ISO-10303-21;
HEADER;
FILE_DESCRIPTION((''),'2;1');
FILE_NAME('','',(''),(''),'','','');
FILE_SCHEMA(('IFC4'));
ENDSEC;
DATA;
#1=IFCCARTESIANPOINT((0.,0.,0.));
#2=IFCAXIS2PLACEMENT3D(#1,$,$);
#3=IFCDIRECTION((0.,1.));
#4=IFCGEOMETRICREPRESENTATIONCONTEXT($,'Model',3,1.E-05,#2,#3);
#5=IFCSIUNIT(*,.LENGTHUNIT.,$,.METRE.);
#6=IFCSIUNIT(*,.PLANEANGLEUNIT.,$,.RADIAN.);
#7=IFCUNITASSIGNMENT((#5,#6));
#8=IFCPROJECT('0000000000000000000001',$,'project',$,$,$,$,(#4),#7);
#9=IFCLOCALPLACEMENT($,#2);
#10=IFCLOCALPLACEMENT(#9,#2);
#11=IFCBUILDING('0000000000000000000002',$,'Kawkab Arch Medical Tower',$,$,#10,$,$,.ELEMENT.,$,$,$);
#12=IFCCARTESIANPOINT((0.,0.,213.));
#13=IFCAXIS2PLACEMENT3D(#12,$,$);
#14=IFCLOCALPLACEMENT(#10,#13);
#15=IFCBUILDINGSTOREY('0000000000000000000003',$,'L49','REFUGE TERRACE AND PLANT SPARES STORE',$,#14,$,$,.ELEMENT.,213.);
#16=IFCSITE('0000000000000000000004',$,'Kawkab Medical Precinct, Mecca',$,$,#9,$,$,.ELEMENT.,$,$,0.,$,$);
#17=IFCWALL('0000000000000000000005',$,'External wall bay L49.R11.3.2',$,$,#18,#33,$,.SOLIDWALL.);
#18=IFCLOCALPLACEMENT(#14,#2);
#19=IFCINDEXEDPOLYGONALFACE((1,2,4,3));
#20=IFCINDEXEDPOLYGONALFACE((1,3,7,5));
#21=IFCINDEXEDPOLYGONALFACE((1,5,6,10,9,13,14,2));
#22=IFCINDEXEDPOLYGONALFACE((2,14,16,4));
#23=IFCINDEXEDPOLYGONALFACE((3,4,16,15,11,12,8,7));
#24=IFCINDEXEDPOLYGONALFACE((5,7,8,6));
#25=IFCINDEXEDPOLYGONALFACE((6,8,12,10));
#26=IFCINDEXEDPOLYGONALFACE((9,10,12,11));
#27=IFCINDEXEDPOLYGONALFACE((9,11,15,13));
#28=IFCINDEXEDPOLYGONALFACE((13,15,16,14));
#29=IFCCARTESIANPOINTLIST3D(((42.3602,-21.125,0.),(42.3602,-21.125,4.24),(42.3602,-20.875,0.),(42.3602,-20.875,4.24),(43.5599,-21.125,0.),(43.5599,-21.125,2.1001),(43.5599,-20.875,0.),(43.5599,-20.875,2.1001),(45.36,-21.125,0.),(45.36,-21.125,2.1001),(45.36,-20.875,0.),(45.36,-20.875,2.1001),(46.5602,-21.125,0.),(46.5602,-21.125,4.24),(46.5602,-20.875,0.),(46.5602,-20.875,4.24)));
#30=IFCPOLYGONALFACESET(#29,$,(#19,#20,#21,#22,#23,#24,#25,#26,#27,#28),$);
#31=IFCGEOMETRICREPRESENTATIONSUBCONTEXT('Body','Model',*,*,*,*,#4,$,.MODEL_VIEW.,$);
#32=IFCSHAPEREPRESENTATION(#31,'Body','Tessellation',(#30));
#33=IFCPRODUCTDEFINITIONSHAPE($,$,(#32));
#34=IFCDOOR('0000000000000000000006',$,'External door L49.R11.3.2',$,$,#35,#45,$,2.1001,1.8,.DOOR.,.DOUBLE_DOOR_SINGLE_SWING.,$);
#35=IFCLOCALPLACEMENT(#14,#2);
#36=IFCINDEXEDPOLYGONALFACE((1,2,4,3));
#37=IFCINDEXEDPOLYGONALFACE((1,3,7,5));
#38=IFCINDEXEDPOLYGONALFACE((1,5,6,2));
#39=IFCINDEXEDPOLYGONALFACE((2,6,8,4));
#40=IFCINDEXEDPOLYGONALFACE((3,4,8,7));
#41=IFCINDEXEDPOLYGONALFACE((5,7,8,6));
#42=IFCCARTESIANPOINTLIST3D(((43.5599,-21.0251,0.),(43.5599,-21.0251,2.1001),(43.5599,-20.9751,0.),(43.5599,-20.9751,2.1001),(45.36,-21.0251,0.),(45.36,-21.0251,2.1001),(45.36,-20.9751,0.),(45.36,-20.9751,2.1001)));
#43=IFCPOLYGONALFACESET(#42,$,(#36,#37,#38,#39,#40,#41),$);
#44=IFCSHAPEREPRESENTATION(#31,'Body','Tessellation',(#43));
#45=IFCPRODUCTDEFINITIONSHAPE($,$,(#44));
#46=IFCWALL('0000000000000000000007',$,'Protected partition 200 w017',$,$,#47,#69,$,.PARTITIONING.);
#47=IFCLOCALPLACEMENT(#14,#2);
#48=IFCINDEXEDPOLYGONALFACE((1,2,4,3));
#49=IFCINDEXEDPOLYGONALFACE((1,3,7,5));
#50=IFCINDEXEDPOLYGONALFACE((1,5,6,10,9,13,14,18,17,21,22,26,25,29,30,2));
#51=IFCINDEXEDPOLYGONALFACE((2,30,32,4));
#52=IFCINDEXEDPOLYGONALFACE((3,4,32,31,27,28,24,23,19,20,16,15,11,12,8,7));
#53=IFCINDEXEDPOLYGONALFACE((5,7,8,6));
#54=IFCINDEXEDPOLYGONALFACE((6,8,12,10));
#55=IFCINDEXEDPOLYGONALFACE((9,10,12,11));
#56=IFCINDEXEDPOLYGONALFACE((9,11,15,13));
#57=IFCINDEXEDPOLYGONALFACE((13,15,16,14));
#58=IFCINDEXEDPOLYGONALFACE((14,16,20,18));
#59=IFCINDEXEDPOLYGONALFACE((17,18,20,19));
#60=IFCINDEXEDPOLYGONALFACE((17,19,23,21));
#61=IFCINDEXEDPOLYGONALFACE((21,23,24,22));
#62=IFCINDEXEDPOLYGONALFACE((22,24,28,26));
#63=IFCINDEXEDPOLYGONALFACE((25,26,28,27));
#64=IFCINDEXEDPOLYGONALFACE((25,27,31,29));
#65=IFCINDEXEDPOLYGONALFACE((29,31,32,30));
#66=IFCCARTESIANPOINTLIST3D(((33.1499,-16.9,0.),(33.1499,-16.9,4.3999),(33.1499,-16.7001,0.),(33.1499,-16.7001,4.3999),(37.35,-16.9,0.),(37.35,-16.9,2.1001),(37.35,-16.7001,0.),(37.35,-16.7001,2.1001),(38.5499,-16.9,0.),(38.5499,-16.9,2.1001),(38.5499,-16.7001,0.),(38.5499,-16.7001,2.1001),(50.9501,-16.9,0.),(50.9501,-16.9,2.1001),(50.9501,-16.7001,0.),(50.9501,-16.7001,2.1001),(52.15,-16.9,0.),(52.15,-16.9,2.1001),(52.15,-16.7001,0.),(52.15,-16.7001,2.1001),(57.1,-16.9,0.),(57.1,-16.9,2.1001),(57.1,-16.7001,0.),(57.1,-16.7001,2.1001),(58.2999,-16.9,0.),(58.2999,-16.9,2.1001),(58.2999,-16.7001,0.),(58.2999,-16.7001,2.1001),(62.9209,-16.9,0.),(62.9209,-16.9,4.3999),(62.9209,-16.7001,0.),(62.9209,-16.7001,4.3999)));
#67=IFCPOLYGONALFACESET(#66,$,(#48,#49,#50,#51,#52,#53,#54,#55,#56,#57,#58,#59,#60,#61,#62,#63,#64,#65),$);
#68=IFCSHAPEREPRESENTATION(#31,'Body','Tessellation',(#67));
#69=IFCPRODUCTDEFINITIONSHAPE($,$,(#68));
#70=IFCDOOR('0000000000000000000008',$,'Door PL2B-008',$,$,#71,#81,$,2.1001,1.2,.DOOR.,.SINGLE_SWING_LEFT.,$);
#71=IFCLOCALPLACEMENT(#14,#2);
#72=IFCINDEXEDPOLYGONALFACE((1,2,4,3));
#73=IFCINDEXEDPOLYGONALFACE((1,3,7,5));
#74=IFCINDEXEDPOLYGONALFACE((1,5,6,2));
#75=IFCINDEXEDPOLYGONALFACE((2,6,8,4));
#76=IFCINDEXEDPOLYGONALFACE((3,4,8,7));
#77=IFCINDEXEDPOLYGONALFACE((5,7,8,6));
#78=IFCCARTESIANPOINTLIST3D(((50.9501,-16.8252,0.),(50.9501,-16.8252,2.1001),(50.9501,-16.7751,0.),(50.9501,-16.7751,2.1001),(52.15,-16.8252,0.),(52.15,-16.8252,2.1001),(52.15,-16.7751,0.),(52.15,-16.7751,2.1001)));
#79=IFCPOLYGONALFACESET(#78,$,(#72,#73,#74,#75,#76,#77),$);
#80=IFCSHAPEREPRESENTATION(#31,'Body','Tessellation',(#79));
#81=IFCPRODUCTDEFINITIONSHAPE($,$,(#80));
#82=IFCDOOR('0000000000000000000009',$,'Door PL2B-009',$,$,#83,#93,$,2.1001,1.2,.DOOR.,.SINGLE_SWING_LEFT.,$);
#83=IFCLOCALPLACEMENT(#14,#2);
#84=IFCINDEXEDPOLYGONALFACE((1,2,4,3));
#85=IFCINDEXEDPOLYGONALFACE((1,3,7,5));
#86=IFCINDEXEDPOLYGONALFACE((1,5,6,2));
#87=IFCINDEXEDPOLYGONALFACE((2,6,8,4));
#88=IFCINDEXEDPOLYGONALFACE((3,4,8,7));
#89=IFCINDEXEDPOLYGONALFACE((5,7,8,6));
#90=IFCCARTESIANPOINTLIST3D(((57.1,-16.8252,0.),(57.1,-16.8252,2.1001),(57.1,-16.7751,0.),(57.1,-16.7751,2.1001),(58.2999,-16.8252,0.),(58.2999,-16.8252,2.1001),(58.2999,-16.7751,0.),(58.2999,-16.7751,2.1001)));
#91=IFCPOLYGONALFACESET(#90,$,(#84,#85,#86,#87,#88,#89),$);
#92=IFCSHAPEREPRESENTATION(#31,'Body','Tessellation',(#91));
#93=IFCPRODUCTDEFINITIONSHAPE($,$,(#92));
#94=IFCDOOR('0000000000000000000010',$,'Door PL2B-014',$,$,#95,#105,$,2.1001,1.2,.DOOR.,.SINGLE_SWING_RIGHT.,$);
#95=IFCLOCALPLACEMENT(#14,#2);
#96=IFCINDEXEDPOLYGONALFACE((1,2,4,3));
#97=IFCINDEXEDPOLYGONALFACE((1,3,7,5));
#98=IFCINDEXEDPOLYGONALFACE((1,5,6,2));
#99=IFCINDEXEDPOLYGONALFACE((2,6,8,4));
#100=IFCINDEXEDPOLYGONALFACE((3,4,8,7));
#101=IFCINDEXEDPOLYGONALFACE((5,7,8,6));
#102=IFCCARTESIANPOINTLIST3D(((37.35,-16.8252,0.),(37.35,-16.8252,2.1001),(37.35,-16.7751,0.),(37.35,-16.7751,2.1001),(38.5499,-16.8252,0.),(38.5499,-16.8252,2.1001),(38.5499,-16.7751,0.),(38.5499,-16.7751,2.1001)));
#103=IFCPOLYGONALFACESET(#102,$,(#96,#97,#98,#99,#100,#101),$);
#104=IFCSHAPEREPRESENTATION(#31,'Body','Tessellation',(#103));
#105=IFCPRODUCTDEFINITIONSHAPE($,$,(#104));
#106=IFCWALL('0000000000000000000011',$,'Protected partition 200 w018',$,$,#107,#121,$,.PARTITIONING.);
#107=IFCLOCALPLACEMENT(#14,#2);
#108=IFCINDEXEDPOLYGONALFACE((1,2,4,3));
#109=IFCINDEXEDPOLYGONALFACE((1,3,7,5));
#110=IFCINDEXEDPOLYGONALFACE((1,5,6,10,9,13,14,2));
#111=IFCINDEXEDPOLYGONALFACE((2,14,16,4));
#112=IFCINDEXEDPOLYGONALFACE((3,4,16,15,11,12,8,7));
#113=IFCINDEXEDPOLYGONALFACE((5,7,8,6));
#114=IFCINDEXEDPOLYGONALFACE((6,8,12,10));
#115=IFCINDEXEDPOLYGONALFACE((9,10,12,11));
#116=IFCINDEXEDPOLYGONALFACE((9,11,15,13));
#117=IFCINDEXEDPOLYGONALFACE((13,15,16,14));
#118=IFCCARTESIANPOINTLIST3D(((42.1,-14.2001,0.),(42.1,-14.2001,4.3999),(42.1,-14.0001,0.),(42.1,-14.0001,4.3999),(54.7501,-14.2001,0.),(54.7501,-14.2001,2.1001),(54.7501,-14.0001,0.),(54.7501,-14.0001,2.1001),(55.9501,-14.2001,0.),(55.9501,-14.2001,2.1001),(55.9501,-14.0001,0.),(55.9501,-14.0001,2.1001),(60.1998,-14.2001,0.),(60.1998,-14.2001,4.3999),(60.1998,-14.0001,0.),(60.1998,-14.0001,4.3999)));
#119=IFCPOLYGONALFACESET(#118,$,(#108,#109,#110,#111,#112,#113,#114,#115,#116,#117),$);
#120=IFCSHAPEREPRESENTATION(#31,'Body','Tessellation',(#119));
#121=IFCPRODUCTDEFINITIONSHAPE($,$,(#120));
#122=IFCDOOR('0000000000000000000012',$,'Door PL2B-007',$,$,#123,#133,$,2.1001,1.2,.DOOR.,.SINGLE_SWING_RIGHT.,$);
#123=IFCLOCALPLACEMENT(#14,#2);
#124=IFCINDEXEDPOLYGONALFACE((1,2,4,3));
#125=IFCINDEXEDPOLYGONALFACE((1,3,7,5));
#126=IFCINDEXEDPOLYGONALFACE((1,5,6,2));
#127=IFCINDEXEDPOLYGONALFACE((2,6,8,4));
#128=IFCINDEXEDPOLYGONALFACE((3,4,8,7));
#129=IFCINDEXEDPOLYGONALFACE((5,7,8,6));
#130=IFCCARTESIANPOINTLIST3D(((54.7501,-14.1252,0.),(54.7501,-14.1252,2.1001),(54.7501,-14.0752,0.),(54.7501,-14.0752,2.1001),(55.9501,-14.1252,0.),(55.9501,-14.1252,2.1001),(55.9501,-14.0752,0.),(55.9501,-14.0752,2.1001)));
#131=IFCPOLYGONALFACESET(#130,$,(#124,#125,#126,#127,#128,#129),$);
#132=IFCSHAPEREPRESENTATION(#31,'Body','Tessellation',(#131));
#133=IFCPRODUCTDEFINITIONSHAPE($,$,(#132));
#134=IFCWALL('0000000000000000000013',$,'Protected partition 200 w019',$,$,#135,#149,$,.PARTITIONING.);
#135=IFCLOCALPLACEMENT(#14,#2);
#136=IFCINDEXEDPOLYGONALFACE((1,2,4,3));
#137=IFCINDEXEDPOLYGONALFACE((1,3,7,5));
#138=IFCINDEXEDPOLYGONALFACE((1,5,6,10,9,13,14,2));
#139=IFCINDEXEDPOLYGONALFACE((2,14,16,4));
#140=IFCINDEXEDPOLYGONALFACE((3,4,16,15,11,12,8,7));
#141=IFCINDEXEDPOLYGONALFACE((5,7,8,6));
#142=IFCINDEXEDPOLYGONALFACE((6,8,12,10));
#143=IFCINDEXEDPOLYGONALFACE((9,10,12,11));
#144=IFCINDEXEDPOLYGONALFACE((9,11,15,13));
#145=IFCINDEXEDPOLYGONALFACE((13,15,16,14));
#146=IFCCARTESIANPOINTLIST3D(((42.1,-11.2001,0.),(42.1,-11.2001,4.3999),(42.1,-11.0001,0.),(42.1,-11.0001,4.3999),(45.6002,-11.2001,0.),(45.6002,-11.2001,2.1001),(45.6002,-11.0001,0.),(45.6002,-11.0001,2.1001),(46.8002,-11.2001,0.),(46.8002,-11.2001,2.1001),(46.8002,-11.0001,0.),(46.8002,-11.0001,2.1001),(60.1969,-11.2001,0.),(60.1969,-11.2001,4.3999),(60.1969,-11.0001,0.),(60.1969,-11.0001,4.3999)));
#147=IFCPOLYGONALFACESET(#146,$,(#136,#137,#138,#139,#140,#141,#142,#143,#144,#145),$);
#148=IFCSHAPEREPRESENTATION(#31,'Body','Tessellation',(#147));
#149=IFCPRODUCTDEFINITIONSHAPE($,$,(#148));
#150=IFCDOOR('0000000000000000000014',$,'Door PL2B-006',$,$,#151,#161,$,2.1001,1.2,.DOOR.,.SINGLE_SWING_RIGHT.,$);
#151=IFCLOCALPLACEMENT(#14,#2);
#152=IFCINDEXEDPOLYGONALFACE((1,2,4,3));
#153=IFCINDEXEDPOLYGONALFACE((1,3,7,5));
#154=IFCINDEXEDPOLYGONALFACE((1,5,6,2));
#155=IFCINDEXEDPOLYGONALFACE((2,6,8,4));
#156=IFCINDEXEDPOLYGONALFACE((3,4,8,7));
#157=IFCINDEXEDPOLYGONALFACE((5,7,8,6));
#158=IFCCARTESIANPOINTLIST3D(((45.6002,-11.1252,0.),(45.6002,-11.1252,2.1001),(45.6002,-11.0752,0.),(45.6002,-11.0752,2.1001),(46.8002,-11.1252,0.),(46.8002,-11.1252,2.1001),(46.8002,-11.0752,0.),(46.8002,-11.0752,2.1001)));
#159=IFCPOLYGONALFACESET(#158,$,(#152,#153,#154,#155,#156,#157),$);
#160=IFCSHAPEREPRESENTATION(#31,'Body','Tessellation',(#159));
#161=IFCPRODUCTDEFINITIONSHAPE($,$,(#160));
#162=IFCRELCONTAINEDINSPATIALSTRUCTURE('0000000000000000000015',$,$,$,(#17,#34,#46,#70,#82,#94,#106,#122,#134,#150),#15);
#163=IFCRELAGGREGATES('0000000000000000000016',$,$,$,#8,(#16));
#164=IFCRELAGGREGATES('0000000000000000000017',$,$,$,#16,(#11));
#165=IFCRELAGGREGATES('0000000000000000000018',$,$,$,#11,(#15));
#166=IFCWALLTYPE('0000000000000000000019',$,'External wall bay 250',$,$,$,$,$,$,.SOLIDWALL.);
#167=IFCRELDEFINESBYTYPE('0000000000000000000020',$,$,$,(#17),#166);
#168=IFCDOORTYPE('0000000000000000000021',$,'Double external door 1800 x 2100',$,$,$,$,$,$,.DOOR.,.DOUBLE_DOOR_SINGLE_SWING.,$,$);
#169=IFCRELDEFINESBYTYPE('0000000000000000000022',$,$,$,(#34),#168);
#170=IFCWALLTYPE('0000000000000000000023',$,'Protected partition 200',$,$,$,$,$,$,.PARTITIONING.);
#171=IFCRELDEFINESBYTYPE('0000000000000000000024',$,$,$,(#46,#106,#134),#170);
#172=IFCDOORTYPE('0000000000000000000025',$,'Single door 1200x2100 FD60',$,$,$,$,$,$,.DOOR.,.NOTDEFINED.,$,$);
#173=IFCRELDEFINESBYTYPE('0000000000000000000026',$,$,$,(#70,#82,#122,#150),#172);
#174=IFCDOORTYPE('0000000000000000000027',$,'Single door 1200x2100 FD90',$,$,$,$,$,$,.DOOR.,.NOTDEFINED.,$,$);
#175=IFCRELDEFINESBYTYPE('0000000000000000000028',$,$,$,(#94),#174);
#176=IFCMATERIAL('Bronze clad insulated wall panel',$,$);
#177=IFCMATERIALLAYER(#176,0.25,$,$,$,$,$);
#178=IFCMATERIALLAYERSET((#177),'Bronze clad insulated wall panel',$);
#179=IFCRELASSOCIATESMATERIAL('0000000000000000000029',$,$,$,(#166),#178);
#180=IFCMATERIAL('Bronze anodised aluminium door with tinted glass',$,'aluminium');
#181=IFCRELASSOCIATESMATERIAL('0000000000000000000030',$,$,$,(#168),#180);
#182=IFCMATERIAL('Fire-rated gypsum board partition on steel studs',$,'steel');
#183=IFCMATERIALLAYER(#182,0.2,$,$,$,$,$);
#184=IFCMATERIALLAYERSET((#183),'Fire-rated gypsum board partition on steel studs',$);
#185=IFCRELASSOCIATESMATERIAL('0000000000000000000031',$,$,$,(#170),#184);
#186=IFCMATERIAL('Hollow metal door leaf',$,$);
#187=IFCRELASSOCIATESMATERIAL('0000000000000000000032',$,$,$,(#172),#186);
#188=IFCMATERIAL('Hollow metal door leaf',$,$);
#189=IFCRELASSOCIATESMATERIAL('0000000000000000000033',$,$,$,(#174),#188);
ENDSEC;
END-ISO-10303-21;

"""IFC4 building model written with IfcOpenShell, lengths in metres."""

from ifc_helpers import new_model, si_unit, direction, frame, frame_2d, origin, place, context, subcontext, project, spatial, rectangle, extrude, material, layer, layer_set, type_object, element, fill, save


model = new_model("IFC4")

# Units and contexts
model_context = context("Model", 3, precision=1e-05, world=origin(), true_north=direction((0.0, 1.0)))
body_context = subcontext(model_context, "Body", "Model", "MODEL_VIEW")
ifc_project = project(units=[si_unit("LENGTHUNIT", "METRE"), si_unit("PLANEANGLEUNIT", "RADIAN")], contexts=[model_context])

# Site, building, storey
site_placement = place(None, origin())
site = spatial("IfcSite", under=ifc_project, at=site_placement, Name="Kawkab Medical Precinct, Mecca", CompositionType="ELEMENT", RefElevation=0.0)
building_placement = place(site_placement, origin())
building = spatial("IfcBuilding", under=site, at=building_placement, Name="Kawkab Arch Medical Tower", CompositionType="ELEMENT")
storey_placement = place(building_placement, frame((0.0, 0.0, 213.0)))
storey = spatial("IfcBuildingStorey", under=building, at=storey_placement, Name="L49", Description="REFUGE TERRACE AND PLANT SPARES STORE", CompositionType="ELEMENT", Elevation=213.0)

# Wall, opening, door
ifc_material_1 = material(Name="Bronze clad insulated wall panel")
ifc_layer_1 = layer(ifc_material_1, 0.25)
ifc_layer_set_1 = layer_set([ifc_layer_1], Name="Bronze clad insulated wall panel")
wall_type_1 = type_object("IfcWallType", Name="External wall bay 250", PredefinedType="SOLIDWALL", material=ifc_layer_set_1)
wall_1_placement = place(storey_placement, frame((42.3601, -21.0, 0.0), z_axis=(0.0, 0.0, 1.0), x_axis=(1.0, 0.0, 0.0)))
wall_1 = element("IfcWall", 1, at=wall_1_placement, inside=storey, type_object=wall_type_1, Name="External wall bay L49.R11.3.2", PredefinedType="SOLIDWALL", context=body_context, shape_type="SweptSolid", body=[
    extrude(rectangle(XDim=4.2, YDim=0.25, at=frame_2d((2.1001, 0.0))), origin(), (0.0, 0.0, 1.0), 4.24),
])
opening_1_placement = place(wall_1_placement, frame((1.2, 0.0, 0.0)))
opening_1 = element("IfcOpeningElement", 2, at=opening_1_placement, cuts=wall_1, PredefinedType="OPENING", context=body_context, shape_type="SweptSolid", body=[
    extrude(rectangle(XDim=1.8, YDim=2.1001, at=frame_2d((0.8999, 1.05))), frame((0.0, 0.135, 0.0), z_axis=(0.0, -1.0, 0.0), x_axis=(1.0, 0.0, 0.0)), (0.0, 0.0, 1.0), 0.27),
])
ifc_material_2 = material(Name="Bronze anodised aluminium door with tinted glass", Category="aluminium")
door_type_1 = type_object("IfcDoorType", Name="Double external door 1800 x 2100", OperationType="DOUBLE_DOOR_SINGLE_SWING", PredefinedType="DOOR", material=ifc_material_2)
door_1_placement = place(opening_1_placement, origin())
door_1 = element("IfcDoor", 3, at=door_1_placement, inside=storey, type_object=door_type_1, Name="External door L49.R11.3.2", OperationType="DOUBLE_DOOR_SINGLE_SWING", OverallHeight=2.1001, OverallWidth=1.8, PredefinedType="DOOR", context=body_context, shape_type="SweptSolid", body=[
    extrude(rectangle(XDim=1.8, YDim=2.1001, at=frame_2d((0.8999, 1.05))), frame((0.0, 0.0249, 0.0), z_axis=(0.0, -1.0, 0.0), x_axis=(1.0, 0.0, 0.0)), (0.0, 0.0, 1.0), 0.05),
])
fill(opening_1, door_1)

# Wall, openings, doors
ifc_material_3 = material(Name="Fire-rated gypsum board partition on steel studs", Category="steel")
ifc_layer_2 = layer(ifc_material_3, 0.2)
ifc_layer_set_2 = layer_set([ifc_layer_2], Name="Fire-rated gypsum board partition on steel studs")
wall_type_2 = type_object("IfcWallType", Name="Protected partition 200", PredefinedType="PARTITIONING", material=ifc_layer_set_2)
wall_2_placement = place(storey_placement, frame((33.1499, -16.8, 0.0), z_axis=(0.0, 0.0, 1.0), x_axis=(1.0, 0.0, 0.0)))
wall_2 = element("IfcWall", 4, at=wall_2_placement, inside=storey, type_object=wall_type_2, Name="Protected partition 200 w017", PredefinedType="PARTITIONING", context=body_context, shape_type="SweptSolid", body=[
    extrude(rectangle(XDim=29.771, YDim=0.2, at=frame_2d((14.8855, 0.0))), origin(), (0.0, 0.0, 1.0), 4.3999),
])
opening_2_placement = place(wall_2_placement, frame((4.2, 0.0, 0.0)))
opening_2 = element("IfcOpeningElement", 5, at=opening_2_placement, cuts=wall_2, PredefinedType="OPENING", context=body_context, shape_type="SweptSolid", body=[
    extrude(rectangle(XDim=1.2, YDim=2.1001, at=frame_2d((0.6001, 1.05))), frame((0.0, 0.1099, 0.0), z_axis=(0.0, -1.0, 0.0), x_axis=(1.0, 0.0, 0.0)), (0.0, 0.0, 1.0), 0.22),
])
opening_3_placement = place(wall_2_placement, frame((17.8, 0.0, 0.0)))
opening_3 = element("IfcOpeningElement", 6, at=opening_3_placement, cuts=wall_2, PredefinedType="OPENING", context=body_context, shape_type="SweptSolid", body=[
    extrude(rectangle(XDim=1.2, YDim=2.1001, at=frame_2d((0.6001, 1.05))), frame((0.0, 0.1099, 0.0), z_axis=(0.0, -1.0, 0.0), x_axis=(1.0, 0.0, 0.0)), (0.0, 0.0, 1.0), 0.22),
])
opening_4_placement = place(wall_2_placement, frame((23.95, 0.0, 0.0)))
opening_4 = element("IfcOpeningElement", 7, at=opening_4_placement, cuts=wall_2, PredefinedType="OPENING", context=body_context, shape_type="SweptSolid", body=[
    extrude(rectangle(XDim=1.2, YDim=2.1001, at=frame_2d((0.6001, 1.05))), frame((0.0, 0.1099, 0.0), z_axis=(0.0, -1.0, 0.0), x_axis=(1.0, 0.0, 0.0)), (0.0, 0.0, 1.0), 0.22),
])
ifc_material_4 = material(Name="Hollow metal door leaf")
door_type_2 = type_object("IfcDoorType", Name="Single door 1200x2100 FD60", OperationType="NOTDEFINED", PredefinedType="DOOR", material=ifc_material_4)
door_2_placement = place(opening_3_placement, origin())
door_2 = element("IfcDoor", 8, at=door_2_placement, inside=storey, type_object=door_type_2, Name="Door PL2B-008", OperationType="SINGLE_SWING_LEFT", OverallHeight=2.1001, OverallWidth=1.2, PredefinedType="DOOR", context=body_context, shape_type="SweptSolid", body=[
    extrude(rectangle(XDim=1.2, YDim=2.1001, at=frame_2d((0.6001, 1.05))), frame((0.0, 0.0249, 0.0), z_axis=(0.0, -1.0, 0.0), x_axis=(1.0, 0.0, 0.0)), (0.0, 0.0, 1.0), 0.05),
])
fill(opening_3, door_2)
door_3_placement = place(opening_4_placement, origin())
door_3 = element("IfcDoor", 9, at=door_3_placement, inside=storey, type_object=door_type_2, Name="Door PL2B-009", OperationType="SINGLE_SWING_LEFT", OverallHeight=2.1001, OverallWidth=1.2, PredefinedType="DOOR", context=body_context, shape_type="SweptSolid", body=[
    extrude(rectangle(XDim=1.2, YDim=2.1001, at=frame_2d((0.6001, 1.05))), frame((0.0, 0.0249, 0.0), z_axis=(0.0, -1.0, 0.0), x_axis=(1.0, 0.0, 0.0)), (0.0, 0.0, 1.0), 0.05),
])
fill(opening_4, door_3)
ifc_material_5 = material(Name="Hollow metal door leaf")
door_type_3 = type_object("IfcDoorType", Name="Single door 1200x2100 FD90", OperationType="NOTDEFINED", PredefinedType="DOOR", material=ifc_material_5)
door_4_placement = place(opening_2_placement, origin())
door_4 = element("IfcDoor", 10, at=door_4_placement, inside=storey, type_object=door_type_3, Name="Door PL2B-014", OperationType="SINGLE_SWING_RIGHT", OverallHeight=2.1001, OverallWidth=1.2, PredefinedType="DOOR", context=body_context, shape_type="SweptSolid", body=[
    extrude(rectangle(XDim=1.2, YDim=2.1001, at=frame_2d((0.6001, 1.05))), frame((0.0, 0.0249, 0.0), z_axis=(0.0, -1.0, 0.0), x_axis=(1.0, 0.0, 0.0)), (0.0, 0.0, 1.0), 0.05),
])
fill(opening_2, door_4)

# Walls, openings, doors
wall_3_placement = place(storey_placement, frame((42.1001, -14.1001, 0.0), z_axis=(0.0, 0.0, 1.0), x_axis=(1.0, 0.0, 0.0)))
wall_3 = element("IfcWall", 11, at=wall_3_placement, inside=storey, type_object=wall_type_2, Name="Protected partition 200 w018", PredefinedType="PARTITIONING", context=body_context, shape_type="SweptSolid", body=[
    extrude(rectangle(XDim=18.0999, YDim=0.2, at=frame_2d((9.0498, 0.0))), origin(), (0.0, 0.0, 1.0), 4.3999),
])
opening_5_placement = place(wall_3_placement, frame((12.6499, 0.0, 0.0)))
opening_5 = element("IfcOpeningElement", 12, at=opening_5_placement, cuts=wall_3, PredefinedType="OPENING", context=body_context, shape_type="SweptSolid", body=[
    extrude(rectangle(XDim=1.2, YDim=2.1001, at=frame_2d((0.6001, 1.05))), frame((0.0, 0.1099, 0.0), z_axis=(0.0, -1.0, 0.0), x_axis=(1.0, 0.0, 0.0)), (0.0, 0.0, 1.0), 0.22),
])
door_5_placement = place(opening_5_placement, origin())
door_5 = element("IfcDoor", 13, at=door_5_placement, inside=storey, type_object=door_type_2, Name="Door PL2B-007", OperationType="SINGLE_SWING_RIGHT", OverallHeight=2.1001, OverallWidth=1.2, PredefinedType="DOOR", context=body_context, shape_type="SweptSolid", body=[
    extrude(rectangle(XDim=1.2, YDim=2.1001, at=frame_2d((0.6001, 1.05))), frame((0.0, 0.0249, 0.0), z_axis=(0.0, -1.0, 0.0), x_axis=(1.0, 0.0, 0.0)), (0.0, 0.0, 1.0), 0.05),
])
fill(opening_5, door_5)
wall_4_placement = place(storey_placement, frame((42.1001, -11.1001, 0.0), z_axis=(0.0, 0.0, 1.0), x_axis=(1.0, 0.0, 0.0)))
wall_4 = element("IfcWall", 14, at=wall_4_placement, inside=storey, type_object=wall_type_2, Name="Protected partition 200 w019", PredefinedType="PARTITIONING", context=body_context, shape_type="SweptSolid", body=[
    extrude(rectangle(XDim=18.0969, YDim=0.2, at=frame_2d((9.0483, 0.0))), origin(), (0.0, 0.0, 1.0), 4.3999),
])
opening_6_placement = place(wall_4_placement, frame((3.5, 0.0, 0.0)))
opening_6 = element("IfcOpeningElement", 15, at=opening_6_placement, cuts=wall_4, PredefinedType="OPENING", context=body_context, shape_type="SweptSolid", body=[
    extrude(rectangle(XDim=1.2, YDim=2.1001, at=frame_2d((0.6001, 1.05))), frame((0.0, 0.1099, 0.0), z_axis=(0.0, -1.0, 0.0), x_axis=(1.0, 0.0, 0.0)), (0.0, 0.0, 1.0), 0.22),
])
door_6_placement = place(opening_6_placement, origin())
door_6 = element("IfcDoor", 16, at=door_6_placement, inside=storey, type_object=door_type_2, Name="Door PL2B-006", OperationType="SINGLE_SWING_RIGHT", OverallHeight=2.1001, OverallWidth=1.2, PredefinedType="DOOR", context=body_context, shape_type="SweptSolid", body=[
    extrude(rectangle(XDim=1.2, YDim=2.1001, at=frame_2d((0.6001, 1.05))), frame((0.0, 0.0249, 0.0), z_axis=(0.0, -1.0, 0.0), x_axis=(1.0, 0.0, 0.0)), (0.0, 0.0, 1.0), 0.05),
])
fill(opening_6, door_6)

save(model, "model.ifc")
